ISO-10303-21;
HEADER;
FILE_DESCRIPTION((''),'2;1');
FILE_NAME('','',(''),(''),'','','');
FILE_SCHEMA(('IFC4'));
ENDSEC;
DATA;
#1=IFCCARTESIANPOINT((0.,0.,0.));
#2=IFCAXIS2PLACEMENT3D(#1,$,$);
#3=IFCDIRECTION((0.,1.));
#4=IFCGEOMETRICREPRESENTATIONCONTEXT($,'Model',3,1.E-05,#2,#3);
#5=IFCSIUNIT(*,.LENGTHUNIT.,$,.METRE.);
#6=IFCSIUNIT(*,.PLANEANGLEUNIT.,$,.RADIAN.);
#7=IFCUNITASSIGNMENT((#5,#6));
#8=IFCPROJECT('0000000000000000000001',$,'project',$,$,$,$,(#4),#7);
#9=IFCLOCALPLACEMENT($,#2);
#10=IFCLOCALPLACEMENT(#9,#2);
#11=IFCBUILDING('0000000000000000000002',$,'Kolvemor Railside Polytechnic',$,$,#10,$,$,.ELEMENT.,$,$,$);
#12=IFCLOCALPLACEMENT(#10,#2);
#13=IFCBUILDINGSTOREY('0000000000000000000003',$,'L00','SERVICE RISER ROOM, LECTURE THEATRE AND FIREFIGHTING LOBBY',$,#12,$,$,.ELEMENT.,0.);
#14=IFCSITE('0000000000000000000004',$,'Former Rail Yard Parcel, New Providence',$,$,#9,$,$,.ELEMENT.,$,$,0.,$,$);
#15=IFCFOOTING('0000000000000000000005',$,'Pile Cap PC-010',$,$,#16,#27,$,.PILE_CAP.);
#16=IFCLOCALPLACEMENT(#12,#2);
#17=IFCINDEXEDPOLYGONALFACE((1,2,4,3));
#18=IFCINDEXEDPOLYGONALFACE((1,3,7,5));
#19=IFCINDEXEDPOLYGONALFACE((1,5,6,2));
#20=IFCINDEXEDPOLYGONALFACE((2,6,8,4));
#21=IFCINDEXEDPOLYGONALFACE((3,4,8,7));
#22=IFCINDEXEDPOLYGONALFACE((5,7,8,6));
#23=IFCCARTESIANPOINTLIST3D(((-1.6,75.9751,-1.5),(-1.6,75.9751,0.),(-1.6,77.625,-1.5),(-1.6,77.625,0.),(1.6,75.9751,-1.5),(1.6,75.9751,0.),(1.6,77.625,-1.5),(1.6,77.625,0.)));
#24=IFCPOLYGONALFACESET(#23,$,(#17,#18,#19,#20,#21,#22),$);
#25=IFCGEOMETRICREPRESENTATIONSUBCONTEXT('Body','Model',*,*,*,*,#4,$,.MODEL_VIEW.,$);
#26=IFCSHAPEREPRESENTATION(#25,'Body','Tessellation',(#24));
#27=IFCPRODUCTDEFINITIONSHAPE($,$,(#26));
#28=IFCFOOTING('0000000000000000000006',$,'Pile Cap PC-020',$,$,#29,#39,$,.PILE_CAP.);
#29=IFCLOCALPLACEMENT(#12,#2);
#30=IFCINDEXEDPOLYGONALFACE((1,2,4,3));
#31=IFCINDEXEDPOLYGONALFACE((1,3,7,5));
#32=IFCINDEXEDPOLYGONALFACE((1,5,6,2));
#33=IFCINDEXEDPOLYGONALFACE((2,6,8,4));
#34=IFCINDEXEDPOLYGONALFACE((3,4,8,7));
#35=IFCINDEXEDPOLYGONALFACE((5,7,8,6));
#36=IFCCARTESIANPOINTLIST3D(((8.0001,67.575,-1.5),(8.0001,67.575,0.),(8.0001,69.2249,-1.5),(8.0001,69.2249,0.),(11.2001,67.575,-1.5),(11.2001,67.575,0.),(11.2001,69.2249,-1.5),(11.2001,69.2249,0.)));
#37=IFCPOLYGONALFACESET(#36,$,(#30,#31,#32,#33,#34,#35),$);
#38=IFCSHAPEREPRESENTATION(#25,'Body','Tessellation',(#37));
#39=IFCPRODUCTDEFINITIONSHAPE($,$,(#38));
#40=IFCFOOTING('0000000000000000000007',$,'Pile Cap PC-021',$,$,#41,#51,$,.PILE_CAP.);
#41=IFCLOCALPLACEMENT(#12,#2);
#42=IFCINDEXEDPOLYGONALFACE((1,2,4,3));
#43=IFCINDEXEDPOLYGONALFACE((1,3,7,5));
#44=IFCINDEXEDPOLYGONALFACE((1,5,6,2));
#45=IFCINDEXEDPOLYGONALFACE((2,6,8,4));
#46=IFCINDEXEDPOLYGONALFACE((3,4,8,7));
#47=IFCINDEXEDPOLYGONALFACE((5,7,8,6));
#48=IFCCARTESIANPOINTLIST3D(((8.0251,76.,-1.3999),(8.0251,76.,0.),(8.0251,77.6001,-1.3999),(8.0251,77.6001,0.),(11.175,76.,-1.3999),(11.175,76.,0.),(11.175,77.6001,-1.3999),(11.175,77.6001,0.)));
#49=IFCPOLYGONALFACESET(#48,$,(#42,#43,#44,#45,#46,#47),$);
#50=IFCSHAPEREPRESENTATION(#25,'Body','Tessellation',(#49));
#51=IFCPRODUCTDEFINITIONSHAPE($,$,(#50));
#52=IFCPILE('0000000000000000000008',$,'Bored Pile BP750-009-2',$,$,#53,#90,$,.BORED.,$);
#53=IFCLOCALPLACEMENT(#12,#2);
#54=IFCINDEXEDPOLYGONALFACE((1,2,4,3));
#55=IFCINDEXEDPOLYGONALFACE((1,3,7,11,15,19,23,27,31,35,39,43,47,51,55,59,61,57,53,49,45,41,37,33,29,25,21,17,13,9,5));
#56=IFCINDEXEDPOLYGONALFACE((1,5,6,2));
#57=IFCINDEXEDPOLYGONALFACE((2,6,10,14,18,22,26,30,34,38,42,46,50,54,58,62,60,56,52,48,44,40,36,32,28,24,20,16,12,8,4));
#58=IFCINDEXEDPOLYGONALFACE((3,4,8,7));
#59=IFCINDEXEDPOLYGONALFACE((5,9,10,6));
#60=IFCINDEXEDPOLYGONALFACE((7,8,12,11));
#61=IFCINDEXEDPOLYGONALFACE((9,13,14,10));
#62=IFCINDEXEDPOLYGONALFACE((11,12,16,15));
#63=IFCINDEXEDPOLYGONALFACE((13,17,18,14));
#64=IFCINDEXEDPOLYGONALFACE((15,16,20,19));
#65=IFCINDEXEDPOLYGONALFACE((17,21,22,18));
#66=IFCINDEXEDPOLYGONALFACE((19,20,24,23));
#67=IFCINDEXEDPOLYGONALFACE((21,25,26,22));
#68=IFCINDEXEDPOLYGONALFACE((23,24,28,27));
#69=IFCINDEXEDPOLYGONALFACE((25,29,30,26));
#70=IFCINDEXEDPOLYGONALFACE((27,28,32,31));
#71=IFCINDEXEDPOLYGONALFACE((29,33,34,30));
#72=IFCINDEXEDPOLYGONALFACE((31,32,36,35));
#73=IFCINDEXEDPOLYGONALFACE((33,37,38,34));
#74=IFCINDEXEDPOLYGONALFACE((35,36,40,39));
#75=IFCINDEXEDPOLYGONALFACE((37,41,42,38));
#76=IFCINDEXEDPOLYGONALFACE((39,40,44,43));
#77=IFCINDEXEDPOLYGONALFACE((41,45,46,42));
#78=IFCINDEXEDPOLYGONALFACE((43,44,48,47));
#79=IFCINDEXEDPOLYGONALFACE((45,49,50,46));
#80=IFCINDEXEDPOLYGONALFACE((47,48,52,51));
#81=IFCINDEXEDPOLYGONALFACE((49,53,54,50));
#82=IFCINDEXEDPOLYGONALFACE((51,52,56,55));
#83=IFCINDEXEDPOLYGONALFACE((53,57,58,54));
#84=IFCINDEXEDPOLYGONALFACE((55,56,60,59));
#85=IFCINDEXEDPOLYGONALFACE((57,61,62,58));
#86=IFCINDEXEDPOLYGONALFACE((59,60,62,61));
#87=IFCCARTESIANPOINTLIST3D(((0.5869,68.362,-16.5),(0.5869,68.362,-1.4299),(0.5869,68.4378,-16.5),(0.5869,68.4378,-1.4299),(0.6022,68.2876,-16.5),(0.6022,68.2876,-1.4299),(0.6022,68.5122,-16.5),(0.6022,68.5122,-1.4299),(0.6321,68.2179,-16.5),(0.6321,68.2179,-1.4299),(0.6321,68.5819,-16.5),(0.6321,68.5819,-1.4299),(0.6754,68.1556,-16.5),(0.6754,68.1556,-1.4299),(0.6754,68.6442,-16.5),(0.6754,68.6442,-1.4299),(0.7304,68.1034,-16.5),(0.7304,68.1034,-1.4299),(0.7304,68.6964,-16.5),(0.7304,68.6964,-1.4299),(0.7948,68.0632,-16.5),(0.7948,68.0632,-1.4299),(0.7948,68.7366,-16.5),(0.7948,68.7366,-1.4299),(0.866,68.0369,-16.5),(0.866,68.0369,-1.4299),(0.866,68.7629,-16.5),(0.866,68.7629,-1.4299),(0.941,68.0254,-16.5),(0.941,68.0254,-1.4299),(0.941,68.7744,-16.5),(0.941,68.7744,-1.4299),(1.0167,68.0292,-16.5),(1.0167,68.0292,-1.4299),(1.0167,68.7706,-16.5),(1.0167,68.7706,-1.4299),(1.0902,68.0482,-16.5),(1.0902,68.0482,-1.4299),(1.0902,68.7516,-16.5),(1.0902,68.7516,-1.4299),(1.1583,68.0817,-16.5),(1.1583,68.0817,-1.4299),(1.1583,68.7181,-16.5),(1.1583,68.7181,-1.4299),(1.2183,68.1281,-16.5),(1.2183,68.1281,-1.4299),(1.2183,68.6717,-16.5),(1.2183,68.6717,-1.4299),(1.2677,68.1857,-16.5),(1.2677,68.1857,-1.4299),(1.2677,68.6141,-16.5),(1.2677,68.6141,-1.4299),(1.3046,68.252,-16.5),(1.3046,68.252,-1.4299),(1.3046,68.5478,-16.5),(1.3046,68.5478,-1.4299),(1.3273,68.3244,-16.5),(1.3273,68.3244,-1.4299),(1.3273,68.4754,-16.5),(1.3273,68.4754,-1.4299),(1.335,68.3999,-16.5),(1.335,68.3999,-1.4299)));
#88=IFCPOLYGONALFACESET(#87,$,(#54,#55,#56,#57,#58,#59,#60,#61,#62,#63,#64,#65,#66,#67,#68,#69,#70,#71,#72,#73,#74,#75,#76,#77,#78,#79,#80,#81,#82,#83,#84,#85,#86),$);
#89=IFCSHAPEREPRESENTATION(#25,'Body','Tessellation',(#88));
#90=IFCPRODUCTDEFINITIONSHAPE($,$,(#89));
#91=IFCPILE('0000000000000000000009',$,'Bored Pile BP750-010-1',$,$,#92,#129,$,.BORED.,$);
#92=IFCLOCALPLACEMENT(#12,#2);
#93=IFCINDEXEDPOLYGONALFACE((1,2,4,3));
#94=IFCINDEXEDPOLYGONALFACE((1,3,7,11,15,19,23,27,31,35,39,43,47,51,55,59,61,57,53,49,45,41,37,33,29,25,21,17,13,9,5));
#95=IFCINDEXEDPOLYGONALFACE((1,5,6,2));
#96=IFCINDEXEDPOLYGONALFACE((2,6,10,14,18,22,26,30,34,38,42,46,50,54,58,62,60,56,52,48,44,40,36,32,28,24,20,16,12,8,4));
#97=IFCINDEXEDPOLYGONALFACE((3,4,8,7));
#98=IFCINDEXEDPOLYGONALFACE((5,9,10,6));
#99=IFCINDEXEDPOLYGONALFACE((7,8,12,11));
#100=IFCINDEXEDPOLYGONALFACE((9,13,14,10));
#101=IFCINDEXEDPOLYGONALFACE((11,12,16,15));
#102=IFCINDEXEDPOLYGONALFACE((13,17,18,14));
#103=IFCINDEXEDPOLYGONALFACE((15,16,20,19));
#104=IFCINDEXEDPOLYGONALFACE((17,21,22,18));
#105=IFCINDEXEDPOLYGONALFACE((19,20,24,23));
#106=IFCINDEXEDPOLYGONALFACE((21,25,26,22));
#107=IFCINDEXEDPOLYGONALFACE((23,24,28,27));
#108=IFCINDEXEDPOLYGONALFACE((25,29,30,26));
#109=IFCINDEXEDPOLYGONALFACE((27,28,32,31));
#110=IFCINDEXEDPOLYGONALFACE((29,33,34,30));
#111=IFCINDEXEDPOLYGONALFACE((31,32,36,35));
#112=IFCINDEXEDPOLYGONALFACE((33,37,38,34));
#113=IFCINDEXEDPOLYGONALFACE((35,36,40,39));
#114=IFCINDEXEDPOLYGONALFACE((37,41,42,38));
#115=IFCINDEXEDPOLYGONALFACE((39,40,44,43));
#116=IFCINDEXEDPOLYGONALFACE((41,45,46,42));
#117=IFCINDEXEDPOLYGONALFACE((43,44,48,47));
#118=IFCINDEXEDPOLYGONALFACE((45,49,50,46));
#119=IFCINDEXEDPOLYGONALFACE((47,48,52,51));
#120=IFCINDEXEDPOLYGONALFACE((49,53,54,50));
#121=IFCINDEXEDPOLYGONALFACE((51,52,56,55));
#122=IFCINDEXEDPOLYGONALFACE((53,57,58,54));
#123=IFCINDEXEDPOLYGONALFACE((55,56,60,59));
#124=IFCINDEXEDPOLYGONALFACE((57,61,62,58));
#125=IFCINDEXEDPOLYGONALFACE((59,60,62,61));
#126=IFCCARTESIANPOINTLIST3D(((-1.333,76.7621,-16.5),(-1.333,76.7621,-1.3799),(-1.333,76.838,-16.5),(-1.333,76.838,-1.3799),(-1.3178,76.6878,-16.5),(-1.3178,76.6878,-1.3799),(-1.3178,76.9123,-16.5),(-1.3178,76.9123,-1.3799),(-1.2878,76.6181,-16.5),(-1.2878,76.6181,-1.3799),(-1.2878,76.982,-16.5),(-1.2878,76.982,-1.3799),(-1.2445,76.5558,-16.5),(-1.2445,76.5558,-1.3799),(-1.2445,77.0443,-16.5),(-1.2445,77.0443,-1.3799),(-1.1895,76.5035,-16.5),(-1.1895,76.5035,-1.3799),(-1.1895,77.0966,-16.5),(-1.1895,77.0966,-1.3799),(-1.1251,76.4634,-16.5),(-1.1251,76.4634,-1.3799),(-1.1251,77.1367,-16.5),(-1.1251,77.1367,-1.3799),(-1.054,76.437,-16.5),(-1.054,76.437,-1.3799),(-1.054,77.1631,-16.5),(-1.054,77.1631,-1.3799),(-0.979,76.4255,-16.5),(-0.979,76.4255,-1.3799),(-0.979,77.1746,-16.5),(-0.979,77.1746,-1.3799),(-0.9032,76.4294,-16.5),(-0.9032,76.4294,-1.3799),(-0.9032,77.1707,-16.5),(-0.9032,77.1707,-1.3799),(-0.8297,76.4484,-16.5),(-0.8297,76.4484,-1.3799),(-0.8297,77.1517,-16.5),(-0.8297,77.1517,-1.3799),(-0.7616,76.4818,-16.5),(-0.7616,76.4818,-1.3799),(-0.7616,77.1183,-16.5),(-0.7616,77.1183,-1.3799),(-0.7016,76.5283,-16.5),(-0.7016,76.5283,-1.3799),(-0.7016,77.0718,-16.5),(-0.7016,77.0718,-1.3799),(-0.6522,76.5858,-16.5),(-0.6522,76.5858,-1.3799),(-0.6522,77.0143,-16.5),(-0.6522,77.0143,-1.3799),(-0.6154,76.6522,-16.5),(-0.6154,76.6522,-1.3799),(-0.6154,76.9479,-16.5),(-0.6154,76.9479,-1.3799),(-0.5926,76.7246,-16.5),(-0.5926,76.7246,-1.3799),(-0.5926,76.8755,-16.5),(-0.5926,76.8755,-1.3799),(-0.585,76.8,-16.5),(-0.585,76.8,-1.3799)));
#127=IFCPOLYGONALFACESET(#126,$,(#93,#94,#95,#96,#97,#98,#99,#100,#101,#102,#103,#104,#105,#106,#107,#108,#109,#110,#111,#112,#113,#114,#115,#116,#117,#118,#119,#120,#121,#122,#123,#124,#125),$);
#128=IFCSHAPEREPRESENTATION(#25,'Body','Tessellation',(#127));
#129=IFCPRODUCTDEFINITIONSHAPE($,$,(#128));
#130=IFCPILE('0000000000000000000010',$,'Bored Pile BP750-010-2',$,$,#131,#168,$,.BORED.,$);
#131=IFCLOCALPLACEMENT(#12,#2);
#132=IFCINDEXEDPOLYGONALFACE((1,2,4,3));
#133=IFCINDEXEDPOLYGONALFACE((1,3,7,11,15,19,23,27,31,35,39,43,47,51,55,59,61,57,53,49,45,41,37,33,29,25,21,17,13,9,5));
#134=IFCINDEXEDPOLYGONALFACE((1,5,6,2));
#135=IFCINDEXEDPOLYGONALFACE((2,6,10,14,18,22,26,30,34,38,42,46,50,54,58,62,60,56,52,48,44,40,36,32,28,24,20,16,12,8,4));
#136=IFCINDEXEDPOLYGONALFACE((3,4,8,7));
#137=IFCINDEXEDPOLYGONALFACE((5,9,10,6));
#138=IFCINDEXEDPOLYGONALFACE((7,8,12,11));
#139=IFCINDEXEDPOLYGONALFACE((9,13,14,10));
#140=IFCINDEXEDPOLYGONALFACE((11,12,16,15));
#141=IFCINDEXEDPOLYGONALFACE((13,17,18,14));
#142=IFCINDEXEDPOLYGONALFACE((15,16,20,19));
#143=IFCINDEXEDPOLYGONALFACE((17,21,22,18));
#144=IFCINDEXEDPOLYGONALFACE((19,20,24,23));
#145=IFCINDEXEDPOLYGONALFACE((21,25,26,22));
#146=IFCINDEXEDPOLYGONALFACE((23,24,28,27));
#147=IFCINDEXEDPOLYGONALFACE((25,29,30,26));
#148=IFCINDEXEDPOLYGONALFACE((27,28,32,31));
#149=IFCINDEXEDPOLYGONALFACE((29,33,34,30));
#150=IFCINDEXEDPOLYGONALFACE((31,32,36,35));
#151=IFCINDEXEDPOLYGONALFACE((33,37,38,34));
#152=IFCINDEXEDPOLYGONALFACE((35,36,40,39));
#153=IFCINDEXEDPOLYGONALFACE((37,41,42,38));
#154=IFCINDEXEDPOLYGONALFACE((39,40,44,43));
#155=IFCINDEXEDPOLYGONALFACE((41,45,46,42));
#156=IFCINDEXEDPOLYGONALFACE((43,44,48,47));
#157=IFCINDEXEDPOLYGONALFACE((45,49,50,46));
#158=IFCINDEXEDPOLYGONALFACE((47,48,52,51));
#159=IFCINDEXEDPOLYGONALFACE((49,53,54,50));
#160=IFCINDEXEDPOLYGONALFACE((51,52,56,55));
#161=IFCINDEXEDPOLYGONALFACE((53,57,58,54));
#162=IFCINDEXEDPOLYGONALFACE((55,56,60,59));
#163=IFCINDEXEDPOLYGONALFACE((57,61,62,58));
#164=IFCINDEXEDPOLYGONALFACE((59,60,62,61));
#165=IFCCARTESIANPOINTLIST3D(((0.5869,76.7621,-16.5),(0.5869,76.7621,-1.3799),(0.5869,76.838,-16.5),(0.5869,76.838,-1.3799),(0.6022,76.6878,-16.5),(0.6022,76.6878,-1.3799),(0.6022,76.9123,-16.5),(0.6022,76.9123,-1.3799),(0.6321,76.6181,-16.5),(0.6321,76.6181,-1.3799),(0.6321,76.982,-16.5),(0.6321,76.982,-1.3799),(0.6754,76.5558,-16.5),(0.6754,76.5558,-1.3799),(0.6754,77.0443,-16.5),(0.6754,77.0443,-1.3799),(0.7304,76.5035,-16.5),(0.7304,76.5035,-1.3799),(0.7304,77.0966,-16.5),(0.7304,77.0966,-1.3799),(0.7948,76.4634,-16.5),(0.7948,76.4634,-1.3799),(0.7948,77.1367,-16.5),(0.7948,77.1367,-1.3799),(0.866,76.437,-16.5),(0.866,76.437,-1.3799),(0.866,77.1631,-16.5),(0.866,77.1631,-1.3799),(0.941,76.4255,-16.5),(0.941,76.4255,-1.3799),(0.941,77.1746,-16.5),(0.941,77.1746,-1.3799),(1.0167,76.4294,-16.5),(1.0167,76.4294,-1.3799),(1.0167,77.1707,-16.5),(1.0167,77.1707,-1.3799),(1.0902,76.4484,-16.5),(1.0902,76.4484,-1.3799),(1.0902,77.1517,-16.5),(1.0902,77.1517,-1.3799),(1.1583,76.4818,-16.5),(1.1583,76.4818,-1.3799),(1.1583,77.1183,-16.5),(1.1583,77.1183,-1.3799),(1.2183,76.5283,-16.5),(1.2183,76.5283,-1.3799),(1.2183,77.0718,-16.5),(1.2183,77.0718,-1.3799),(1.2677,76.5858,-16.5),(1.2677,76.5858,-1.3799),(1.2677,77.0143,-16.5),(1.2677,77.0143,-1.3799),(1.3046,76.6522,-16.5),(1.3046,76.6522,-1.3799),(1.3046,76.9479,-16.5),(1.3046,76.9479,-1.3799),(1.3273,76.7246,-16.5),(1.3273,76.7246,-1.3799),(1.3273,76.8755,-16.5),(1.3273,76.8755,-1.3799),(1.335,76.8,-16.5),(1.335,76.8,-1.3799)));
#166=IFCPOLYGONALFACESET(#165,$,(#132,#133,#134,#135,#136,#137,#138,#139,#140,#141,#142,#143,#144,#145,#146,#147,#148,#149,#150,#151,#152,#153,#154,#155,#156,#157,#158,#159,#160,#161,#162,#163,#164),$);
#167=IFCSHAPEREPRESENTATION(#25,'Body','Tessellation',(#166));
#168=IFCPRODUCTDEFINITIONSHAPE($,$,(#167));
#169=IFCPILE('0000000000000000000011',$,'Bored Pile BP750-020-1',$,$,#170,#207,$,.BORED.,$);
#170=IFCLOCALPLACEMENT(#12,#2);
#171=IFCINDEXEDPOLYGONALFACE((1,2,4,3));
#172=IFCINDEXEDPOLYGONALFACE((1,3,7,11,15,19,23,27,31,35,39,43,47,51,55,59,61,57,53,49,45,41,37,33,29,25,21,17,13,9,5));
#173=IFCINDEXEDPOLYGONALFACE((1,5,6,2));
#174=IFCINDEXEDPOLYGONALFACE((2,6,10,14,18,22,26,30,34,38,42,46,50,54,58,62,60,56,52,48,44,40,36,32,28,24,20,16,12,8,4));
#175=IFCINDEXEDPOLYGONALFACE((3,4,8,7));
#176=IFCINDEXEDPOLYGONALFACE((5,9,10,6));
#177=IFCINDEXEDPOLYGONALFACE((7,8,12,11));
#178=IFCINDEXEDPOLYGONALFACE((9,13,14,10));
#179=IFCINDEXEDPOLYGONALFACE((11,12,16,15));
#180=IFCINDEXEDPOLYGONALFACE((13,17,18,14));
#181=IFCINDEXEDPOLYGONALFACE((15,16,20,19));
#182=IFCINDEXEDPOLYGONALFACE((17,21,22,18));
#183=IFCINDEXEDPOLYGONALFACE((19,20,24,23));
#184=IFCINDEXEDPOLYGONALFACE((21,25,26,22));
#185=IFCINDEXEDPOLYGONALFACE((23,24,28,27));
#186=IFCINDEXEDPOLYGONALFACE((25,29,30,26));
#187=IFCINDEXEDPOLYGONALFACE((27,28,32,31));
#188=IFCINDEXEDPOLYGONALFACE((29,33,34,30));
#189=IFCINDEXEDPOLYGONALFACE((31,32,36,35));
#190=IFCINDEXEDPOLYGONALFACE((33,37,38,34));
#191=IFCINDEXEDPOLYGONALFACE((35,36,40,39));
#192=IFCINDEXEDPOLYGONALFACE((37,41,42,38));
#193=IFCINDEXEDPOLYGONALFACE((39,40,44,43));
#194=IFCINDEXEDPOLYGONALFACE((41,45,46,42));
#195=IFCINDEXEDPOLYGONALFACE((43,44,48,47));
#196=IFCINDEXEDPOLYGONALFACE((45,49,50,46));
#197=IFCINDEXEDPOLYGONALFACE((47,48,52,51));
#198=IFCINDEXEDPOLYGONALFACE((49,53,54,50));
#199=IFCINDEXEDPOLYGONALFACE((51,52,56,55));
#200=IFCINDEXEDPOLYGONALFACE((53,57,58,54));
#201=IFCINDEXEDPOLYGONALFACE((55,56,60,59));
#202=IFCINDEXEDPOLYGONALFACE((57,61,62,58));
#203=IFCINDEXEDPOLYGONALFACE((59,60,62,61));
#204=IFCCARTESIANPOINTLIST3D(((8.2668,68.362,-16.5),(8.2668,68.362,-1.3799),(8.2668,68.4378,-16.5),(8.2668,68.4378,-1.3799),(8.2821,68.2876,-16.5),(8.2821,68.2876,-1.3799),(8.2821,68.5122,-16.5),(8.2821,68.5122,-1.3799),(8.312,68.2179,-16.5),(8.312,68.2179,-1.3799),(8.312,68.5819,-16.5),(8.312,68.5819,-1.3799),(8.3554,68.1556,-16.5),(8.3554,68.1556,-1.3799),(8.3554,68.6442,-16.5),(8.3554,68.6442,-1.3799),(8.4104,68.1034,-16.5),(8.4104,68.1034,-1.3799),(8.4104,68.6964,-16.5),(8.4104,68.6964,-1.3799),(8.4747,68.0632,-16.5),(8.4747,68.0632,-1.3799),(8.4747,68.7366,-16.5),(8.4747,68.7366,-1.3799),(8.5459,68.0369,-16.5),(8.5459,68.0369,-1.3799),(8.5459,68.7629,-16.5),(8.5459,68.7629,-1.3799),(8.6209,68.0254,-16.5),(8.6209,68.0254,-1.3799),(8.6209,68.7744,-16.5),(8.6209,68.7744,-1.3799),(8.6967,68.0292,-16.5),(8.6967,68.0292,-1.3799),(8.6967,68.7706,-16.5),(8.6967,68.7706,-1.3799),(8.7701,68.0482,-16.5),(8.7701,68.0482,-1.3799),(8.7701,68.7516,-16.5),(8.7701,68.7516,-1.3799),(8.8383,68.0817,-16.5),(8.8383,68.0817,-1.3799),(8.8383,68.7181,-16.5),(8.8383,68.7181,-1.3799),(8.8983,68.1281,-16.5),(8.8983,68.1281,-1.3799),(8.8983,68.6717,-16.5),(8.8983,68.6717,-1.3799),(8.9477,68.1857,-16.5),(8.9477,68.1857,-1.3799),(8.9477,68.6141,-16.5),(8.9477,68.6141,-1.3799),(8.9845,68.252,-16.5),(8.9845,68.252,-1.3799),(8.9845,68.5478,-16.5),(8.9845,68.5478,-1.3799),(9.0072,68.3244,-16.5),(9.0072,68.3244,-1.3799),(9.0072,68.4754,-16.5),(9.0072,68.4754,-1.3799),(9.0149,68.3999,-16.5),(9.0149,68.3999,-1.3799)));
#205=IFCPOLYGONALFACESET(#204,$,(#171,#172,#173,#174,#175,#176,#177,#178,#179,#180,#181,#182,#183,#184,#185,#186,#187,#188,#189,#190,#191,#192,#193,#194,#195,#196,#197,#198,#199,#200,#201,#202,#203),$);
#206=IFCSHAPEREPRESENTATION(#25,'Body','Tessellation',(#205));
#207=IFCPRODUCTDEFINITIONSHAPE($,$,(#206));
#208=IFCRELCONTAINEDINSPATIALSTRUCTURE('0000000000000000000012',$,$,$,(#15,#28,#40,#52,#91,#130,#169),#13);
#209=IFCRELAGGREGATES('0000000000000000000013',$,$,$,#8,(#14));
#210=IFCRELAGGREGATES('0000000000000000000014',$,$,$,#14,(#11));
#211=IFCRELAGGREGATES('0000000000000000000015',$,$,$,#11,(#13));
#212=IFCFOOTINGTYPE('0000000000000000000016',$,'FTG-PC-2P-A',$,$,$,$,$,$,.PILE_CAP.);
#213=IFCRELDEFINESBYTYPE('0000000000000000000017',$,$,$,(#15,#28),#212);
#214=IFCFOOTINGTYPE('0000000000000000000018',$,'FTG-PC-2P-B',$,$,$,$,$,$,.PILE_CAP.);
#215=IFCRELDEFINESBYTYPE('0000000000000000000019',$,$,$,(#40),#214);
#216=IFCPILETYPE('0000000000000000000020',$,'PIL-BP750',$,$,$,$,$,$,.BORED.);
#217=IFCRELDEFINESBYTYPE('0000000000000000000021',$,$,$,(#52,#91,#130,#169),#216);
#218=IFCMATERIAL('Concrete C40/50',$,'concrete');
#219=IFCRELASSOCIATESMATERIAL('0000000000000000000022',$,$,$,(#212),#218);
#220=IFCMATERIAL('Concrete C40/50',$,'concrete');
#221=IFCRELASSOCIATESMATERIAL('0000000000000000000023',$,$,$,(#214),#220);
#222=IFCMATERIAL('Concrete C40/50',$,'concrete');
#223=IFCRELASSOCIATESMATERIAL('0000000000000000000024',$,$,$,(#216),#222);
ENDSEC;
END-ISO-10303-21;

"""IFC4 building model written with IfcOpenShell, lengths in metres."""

from ifc_helpers import new_model, si_unit, direction, frame, origin, origin_2d, place, context, subcontext, project, spatial, rectangle, circle, extrude, material, material_profile, profile_set, type_object, element, save


model = new_model("IFC4")

# Units and contexts
model_context = context("Model", 3, precision=1e-05, world=origin(), true_north=direction((0.0, 1.0)))
body_context = subcontext(model_context, "Body", "Model", "MODEL_VIEW")
ifc_project = project(units=[si_unit("LENGTHUNIT", "METRE"), si_unit("PLANEANGLEUNIT", "RADIAN")], contexts=[model_context])

# Site, building, storey
site_placement = place(None, origin())
site = spatial("IfcSite", under=ifc_project, at=site_placement, Name="Former Rail Yard Parcel, New Providence", CompositionType="ELEMENT", RefElevation=0.0)
building_placement = place(site_placement, origin())
building = spatial("IfcBuilding", under=site, at=building_placement, Name="Kolvemor Railside Polytechnic", CompositionType="ELEMENT")
storey_placement = place(building_placement, origin())
storey = spatial("IfcBuildingStorey", under=building, at=storey_placement, Name="L00", Description="SERVICE RISER ROOM, LECTURE THEATRE AND FIREFIGHTING LOBBY", CompositionType="ELEMENT", Elevation=0.0)

# Footings
ifc_material_1 = material(Name="Concrete C40/50", Category="concrete")
footing_type_1 = type_object("IfcFootingType", Name="FTG-PC-2P-A", PredefinedType="PILE_CAP", material=ifc_material_1)
for number, where, z_axis, x_axis, name in (
    (1, (0.0, 76.8, -1.5), (0.0, 0.0, 1.0), (1.0, 0.0, 0.0), "Pile Cap PC-010"),
    (2, (9.6001, 68.3999, -1.5), (0.0, 0.0, 1.0), (1.0, 0.0, 0.0), "Pile Cap PC-020"),
):
    element("IfcFooting", number, at=place(storey_placement, frame(where, z_axis=z_axis, x_axis=x_axis)), inside=storey, type_object=footing_type_1, Name=name, PredefinedType="PILE_CAP", context=body_context, shape_type="SweptSolid", body=[
        extrude(rectangle(XDim=3.2, YDim=1.6499, at=origin_2d()), origin(), (0.0, 0.0, 1.0), 1.5),
    ])
ifc_material_2 = material(Name="Concrete C40/50", Category="concrete")
footing_type_2 = type_object("IfcFootingType", Name="FTG-PC-2P-B", PredefinedType="PILE_CAP", material=ifc_material_2)
footing_placement = place(storey_placement, frame((9.6001, 76.8, -1.3999), z_axis=(0.0, 0.0, 1.0), x_axis=(1.0, 0.0, 0.0)))
element("IfcFooting", 3, at=footing_placement, inside=storey, type_object=footing_type_2, Name="Pile Cap PC-021", PredefinedType="PILE_CAP", context=body_context, shape_type="SweptSolid", body=[
    extrude(rectangle(XDim=3.1499, YDim=1.6001, at=origin_2d()), origin(), (0.0, 0.0, 1.0), 1.3999),
])

# Piles
ifc_material_3 = material(Name="Concrete C40/50", Category="concrete")
ifc_material_profile_1 = material_profile(ifc_material_3, circle(Radius=0.375, at=origin_2d()), Name="BP750")
ifc_profile_set_1 = profile_set([ifc_material_profile_1], Name="Concrete C40/50")
pile_type = type_object("IfcPileType", Name="PIL-BP750", PredefinedType="BORED", material=ifc_profile_set_1)
pile_1_placement = place(storey_placement, frame((0.96, 68.3999, -1.4299), z_axis=(0.0, 0.0, -1.0), x_axis=(1.0, 0.0, 0.0)))
element("IfcPile", 4, at=pile_1_placement, inside=storey, type_object=pile_type, Name="Bored Pile BP750-009-2", PredefinedType="BORED", context=body_context, shape_type="SweptSolid", body=[
    extrude(circle(Radius=0.375, at=origin_2d()), origin(), (0.0, 0.0, 1.0), 15.0701),
])
for number, where, z_axis, x_axis, name in (
    (5, (-0.96, 76.8, -1.3799), (0.0, 0.0, -1.0), (1.0, 0.0, 0.0), "Bored Pile BP750-010-1"),
    (6, (0.96, 76.8, -1.3799), (0.0, 0.0, -1.0), (1.0, 0.0, 0.0), "Bored Pile BP750-010-2"),
    (7, (8.6399, 68.3999, -1.3799), (0.0, 0.0, -1.0), (1.0, 0.0, 0.0), "Bored Pile BP750-020-1"),
):
    element("IfcPile", number, at=place(storey_placement, frame(where, z_axis=z_axis, x_axis=x_axis)), inside=storey, type_object=pile_type, Name=name, PredefinedType="BORED", context=body_context, shape_type="SweptSolid", body=[
        extrude(circle(Radius=0.375, at=origin_2d()), origin(), (0.0, 0.0, 1.0), 15.1201),
    ])

save(model, "model.ifc")
